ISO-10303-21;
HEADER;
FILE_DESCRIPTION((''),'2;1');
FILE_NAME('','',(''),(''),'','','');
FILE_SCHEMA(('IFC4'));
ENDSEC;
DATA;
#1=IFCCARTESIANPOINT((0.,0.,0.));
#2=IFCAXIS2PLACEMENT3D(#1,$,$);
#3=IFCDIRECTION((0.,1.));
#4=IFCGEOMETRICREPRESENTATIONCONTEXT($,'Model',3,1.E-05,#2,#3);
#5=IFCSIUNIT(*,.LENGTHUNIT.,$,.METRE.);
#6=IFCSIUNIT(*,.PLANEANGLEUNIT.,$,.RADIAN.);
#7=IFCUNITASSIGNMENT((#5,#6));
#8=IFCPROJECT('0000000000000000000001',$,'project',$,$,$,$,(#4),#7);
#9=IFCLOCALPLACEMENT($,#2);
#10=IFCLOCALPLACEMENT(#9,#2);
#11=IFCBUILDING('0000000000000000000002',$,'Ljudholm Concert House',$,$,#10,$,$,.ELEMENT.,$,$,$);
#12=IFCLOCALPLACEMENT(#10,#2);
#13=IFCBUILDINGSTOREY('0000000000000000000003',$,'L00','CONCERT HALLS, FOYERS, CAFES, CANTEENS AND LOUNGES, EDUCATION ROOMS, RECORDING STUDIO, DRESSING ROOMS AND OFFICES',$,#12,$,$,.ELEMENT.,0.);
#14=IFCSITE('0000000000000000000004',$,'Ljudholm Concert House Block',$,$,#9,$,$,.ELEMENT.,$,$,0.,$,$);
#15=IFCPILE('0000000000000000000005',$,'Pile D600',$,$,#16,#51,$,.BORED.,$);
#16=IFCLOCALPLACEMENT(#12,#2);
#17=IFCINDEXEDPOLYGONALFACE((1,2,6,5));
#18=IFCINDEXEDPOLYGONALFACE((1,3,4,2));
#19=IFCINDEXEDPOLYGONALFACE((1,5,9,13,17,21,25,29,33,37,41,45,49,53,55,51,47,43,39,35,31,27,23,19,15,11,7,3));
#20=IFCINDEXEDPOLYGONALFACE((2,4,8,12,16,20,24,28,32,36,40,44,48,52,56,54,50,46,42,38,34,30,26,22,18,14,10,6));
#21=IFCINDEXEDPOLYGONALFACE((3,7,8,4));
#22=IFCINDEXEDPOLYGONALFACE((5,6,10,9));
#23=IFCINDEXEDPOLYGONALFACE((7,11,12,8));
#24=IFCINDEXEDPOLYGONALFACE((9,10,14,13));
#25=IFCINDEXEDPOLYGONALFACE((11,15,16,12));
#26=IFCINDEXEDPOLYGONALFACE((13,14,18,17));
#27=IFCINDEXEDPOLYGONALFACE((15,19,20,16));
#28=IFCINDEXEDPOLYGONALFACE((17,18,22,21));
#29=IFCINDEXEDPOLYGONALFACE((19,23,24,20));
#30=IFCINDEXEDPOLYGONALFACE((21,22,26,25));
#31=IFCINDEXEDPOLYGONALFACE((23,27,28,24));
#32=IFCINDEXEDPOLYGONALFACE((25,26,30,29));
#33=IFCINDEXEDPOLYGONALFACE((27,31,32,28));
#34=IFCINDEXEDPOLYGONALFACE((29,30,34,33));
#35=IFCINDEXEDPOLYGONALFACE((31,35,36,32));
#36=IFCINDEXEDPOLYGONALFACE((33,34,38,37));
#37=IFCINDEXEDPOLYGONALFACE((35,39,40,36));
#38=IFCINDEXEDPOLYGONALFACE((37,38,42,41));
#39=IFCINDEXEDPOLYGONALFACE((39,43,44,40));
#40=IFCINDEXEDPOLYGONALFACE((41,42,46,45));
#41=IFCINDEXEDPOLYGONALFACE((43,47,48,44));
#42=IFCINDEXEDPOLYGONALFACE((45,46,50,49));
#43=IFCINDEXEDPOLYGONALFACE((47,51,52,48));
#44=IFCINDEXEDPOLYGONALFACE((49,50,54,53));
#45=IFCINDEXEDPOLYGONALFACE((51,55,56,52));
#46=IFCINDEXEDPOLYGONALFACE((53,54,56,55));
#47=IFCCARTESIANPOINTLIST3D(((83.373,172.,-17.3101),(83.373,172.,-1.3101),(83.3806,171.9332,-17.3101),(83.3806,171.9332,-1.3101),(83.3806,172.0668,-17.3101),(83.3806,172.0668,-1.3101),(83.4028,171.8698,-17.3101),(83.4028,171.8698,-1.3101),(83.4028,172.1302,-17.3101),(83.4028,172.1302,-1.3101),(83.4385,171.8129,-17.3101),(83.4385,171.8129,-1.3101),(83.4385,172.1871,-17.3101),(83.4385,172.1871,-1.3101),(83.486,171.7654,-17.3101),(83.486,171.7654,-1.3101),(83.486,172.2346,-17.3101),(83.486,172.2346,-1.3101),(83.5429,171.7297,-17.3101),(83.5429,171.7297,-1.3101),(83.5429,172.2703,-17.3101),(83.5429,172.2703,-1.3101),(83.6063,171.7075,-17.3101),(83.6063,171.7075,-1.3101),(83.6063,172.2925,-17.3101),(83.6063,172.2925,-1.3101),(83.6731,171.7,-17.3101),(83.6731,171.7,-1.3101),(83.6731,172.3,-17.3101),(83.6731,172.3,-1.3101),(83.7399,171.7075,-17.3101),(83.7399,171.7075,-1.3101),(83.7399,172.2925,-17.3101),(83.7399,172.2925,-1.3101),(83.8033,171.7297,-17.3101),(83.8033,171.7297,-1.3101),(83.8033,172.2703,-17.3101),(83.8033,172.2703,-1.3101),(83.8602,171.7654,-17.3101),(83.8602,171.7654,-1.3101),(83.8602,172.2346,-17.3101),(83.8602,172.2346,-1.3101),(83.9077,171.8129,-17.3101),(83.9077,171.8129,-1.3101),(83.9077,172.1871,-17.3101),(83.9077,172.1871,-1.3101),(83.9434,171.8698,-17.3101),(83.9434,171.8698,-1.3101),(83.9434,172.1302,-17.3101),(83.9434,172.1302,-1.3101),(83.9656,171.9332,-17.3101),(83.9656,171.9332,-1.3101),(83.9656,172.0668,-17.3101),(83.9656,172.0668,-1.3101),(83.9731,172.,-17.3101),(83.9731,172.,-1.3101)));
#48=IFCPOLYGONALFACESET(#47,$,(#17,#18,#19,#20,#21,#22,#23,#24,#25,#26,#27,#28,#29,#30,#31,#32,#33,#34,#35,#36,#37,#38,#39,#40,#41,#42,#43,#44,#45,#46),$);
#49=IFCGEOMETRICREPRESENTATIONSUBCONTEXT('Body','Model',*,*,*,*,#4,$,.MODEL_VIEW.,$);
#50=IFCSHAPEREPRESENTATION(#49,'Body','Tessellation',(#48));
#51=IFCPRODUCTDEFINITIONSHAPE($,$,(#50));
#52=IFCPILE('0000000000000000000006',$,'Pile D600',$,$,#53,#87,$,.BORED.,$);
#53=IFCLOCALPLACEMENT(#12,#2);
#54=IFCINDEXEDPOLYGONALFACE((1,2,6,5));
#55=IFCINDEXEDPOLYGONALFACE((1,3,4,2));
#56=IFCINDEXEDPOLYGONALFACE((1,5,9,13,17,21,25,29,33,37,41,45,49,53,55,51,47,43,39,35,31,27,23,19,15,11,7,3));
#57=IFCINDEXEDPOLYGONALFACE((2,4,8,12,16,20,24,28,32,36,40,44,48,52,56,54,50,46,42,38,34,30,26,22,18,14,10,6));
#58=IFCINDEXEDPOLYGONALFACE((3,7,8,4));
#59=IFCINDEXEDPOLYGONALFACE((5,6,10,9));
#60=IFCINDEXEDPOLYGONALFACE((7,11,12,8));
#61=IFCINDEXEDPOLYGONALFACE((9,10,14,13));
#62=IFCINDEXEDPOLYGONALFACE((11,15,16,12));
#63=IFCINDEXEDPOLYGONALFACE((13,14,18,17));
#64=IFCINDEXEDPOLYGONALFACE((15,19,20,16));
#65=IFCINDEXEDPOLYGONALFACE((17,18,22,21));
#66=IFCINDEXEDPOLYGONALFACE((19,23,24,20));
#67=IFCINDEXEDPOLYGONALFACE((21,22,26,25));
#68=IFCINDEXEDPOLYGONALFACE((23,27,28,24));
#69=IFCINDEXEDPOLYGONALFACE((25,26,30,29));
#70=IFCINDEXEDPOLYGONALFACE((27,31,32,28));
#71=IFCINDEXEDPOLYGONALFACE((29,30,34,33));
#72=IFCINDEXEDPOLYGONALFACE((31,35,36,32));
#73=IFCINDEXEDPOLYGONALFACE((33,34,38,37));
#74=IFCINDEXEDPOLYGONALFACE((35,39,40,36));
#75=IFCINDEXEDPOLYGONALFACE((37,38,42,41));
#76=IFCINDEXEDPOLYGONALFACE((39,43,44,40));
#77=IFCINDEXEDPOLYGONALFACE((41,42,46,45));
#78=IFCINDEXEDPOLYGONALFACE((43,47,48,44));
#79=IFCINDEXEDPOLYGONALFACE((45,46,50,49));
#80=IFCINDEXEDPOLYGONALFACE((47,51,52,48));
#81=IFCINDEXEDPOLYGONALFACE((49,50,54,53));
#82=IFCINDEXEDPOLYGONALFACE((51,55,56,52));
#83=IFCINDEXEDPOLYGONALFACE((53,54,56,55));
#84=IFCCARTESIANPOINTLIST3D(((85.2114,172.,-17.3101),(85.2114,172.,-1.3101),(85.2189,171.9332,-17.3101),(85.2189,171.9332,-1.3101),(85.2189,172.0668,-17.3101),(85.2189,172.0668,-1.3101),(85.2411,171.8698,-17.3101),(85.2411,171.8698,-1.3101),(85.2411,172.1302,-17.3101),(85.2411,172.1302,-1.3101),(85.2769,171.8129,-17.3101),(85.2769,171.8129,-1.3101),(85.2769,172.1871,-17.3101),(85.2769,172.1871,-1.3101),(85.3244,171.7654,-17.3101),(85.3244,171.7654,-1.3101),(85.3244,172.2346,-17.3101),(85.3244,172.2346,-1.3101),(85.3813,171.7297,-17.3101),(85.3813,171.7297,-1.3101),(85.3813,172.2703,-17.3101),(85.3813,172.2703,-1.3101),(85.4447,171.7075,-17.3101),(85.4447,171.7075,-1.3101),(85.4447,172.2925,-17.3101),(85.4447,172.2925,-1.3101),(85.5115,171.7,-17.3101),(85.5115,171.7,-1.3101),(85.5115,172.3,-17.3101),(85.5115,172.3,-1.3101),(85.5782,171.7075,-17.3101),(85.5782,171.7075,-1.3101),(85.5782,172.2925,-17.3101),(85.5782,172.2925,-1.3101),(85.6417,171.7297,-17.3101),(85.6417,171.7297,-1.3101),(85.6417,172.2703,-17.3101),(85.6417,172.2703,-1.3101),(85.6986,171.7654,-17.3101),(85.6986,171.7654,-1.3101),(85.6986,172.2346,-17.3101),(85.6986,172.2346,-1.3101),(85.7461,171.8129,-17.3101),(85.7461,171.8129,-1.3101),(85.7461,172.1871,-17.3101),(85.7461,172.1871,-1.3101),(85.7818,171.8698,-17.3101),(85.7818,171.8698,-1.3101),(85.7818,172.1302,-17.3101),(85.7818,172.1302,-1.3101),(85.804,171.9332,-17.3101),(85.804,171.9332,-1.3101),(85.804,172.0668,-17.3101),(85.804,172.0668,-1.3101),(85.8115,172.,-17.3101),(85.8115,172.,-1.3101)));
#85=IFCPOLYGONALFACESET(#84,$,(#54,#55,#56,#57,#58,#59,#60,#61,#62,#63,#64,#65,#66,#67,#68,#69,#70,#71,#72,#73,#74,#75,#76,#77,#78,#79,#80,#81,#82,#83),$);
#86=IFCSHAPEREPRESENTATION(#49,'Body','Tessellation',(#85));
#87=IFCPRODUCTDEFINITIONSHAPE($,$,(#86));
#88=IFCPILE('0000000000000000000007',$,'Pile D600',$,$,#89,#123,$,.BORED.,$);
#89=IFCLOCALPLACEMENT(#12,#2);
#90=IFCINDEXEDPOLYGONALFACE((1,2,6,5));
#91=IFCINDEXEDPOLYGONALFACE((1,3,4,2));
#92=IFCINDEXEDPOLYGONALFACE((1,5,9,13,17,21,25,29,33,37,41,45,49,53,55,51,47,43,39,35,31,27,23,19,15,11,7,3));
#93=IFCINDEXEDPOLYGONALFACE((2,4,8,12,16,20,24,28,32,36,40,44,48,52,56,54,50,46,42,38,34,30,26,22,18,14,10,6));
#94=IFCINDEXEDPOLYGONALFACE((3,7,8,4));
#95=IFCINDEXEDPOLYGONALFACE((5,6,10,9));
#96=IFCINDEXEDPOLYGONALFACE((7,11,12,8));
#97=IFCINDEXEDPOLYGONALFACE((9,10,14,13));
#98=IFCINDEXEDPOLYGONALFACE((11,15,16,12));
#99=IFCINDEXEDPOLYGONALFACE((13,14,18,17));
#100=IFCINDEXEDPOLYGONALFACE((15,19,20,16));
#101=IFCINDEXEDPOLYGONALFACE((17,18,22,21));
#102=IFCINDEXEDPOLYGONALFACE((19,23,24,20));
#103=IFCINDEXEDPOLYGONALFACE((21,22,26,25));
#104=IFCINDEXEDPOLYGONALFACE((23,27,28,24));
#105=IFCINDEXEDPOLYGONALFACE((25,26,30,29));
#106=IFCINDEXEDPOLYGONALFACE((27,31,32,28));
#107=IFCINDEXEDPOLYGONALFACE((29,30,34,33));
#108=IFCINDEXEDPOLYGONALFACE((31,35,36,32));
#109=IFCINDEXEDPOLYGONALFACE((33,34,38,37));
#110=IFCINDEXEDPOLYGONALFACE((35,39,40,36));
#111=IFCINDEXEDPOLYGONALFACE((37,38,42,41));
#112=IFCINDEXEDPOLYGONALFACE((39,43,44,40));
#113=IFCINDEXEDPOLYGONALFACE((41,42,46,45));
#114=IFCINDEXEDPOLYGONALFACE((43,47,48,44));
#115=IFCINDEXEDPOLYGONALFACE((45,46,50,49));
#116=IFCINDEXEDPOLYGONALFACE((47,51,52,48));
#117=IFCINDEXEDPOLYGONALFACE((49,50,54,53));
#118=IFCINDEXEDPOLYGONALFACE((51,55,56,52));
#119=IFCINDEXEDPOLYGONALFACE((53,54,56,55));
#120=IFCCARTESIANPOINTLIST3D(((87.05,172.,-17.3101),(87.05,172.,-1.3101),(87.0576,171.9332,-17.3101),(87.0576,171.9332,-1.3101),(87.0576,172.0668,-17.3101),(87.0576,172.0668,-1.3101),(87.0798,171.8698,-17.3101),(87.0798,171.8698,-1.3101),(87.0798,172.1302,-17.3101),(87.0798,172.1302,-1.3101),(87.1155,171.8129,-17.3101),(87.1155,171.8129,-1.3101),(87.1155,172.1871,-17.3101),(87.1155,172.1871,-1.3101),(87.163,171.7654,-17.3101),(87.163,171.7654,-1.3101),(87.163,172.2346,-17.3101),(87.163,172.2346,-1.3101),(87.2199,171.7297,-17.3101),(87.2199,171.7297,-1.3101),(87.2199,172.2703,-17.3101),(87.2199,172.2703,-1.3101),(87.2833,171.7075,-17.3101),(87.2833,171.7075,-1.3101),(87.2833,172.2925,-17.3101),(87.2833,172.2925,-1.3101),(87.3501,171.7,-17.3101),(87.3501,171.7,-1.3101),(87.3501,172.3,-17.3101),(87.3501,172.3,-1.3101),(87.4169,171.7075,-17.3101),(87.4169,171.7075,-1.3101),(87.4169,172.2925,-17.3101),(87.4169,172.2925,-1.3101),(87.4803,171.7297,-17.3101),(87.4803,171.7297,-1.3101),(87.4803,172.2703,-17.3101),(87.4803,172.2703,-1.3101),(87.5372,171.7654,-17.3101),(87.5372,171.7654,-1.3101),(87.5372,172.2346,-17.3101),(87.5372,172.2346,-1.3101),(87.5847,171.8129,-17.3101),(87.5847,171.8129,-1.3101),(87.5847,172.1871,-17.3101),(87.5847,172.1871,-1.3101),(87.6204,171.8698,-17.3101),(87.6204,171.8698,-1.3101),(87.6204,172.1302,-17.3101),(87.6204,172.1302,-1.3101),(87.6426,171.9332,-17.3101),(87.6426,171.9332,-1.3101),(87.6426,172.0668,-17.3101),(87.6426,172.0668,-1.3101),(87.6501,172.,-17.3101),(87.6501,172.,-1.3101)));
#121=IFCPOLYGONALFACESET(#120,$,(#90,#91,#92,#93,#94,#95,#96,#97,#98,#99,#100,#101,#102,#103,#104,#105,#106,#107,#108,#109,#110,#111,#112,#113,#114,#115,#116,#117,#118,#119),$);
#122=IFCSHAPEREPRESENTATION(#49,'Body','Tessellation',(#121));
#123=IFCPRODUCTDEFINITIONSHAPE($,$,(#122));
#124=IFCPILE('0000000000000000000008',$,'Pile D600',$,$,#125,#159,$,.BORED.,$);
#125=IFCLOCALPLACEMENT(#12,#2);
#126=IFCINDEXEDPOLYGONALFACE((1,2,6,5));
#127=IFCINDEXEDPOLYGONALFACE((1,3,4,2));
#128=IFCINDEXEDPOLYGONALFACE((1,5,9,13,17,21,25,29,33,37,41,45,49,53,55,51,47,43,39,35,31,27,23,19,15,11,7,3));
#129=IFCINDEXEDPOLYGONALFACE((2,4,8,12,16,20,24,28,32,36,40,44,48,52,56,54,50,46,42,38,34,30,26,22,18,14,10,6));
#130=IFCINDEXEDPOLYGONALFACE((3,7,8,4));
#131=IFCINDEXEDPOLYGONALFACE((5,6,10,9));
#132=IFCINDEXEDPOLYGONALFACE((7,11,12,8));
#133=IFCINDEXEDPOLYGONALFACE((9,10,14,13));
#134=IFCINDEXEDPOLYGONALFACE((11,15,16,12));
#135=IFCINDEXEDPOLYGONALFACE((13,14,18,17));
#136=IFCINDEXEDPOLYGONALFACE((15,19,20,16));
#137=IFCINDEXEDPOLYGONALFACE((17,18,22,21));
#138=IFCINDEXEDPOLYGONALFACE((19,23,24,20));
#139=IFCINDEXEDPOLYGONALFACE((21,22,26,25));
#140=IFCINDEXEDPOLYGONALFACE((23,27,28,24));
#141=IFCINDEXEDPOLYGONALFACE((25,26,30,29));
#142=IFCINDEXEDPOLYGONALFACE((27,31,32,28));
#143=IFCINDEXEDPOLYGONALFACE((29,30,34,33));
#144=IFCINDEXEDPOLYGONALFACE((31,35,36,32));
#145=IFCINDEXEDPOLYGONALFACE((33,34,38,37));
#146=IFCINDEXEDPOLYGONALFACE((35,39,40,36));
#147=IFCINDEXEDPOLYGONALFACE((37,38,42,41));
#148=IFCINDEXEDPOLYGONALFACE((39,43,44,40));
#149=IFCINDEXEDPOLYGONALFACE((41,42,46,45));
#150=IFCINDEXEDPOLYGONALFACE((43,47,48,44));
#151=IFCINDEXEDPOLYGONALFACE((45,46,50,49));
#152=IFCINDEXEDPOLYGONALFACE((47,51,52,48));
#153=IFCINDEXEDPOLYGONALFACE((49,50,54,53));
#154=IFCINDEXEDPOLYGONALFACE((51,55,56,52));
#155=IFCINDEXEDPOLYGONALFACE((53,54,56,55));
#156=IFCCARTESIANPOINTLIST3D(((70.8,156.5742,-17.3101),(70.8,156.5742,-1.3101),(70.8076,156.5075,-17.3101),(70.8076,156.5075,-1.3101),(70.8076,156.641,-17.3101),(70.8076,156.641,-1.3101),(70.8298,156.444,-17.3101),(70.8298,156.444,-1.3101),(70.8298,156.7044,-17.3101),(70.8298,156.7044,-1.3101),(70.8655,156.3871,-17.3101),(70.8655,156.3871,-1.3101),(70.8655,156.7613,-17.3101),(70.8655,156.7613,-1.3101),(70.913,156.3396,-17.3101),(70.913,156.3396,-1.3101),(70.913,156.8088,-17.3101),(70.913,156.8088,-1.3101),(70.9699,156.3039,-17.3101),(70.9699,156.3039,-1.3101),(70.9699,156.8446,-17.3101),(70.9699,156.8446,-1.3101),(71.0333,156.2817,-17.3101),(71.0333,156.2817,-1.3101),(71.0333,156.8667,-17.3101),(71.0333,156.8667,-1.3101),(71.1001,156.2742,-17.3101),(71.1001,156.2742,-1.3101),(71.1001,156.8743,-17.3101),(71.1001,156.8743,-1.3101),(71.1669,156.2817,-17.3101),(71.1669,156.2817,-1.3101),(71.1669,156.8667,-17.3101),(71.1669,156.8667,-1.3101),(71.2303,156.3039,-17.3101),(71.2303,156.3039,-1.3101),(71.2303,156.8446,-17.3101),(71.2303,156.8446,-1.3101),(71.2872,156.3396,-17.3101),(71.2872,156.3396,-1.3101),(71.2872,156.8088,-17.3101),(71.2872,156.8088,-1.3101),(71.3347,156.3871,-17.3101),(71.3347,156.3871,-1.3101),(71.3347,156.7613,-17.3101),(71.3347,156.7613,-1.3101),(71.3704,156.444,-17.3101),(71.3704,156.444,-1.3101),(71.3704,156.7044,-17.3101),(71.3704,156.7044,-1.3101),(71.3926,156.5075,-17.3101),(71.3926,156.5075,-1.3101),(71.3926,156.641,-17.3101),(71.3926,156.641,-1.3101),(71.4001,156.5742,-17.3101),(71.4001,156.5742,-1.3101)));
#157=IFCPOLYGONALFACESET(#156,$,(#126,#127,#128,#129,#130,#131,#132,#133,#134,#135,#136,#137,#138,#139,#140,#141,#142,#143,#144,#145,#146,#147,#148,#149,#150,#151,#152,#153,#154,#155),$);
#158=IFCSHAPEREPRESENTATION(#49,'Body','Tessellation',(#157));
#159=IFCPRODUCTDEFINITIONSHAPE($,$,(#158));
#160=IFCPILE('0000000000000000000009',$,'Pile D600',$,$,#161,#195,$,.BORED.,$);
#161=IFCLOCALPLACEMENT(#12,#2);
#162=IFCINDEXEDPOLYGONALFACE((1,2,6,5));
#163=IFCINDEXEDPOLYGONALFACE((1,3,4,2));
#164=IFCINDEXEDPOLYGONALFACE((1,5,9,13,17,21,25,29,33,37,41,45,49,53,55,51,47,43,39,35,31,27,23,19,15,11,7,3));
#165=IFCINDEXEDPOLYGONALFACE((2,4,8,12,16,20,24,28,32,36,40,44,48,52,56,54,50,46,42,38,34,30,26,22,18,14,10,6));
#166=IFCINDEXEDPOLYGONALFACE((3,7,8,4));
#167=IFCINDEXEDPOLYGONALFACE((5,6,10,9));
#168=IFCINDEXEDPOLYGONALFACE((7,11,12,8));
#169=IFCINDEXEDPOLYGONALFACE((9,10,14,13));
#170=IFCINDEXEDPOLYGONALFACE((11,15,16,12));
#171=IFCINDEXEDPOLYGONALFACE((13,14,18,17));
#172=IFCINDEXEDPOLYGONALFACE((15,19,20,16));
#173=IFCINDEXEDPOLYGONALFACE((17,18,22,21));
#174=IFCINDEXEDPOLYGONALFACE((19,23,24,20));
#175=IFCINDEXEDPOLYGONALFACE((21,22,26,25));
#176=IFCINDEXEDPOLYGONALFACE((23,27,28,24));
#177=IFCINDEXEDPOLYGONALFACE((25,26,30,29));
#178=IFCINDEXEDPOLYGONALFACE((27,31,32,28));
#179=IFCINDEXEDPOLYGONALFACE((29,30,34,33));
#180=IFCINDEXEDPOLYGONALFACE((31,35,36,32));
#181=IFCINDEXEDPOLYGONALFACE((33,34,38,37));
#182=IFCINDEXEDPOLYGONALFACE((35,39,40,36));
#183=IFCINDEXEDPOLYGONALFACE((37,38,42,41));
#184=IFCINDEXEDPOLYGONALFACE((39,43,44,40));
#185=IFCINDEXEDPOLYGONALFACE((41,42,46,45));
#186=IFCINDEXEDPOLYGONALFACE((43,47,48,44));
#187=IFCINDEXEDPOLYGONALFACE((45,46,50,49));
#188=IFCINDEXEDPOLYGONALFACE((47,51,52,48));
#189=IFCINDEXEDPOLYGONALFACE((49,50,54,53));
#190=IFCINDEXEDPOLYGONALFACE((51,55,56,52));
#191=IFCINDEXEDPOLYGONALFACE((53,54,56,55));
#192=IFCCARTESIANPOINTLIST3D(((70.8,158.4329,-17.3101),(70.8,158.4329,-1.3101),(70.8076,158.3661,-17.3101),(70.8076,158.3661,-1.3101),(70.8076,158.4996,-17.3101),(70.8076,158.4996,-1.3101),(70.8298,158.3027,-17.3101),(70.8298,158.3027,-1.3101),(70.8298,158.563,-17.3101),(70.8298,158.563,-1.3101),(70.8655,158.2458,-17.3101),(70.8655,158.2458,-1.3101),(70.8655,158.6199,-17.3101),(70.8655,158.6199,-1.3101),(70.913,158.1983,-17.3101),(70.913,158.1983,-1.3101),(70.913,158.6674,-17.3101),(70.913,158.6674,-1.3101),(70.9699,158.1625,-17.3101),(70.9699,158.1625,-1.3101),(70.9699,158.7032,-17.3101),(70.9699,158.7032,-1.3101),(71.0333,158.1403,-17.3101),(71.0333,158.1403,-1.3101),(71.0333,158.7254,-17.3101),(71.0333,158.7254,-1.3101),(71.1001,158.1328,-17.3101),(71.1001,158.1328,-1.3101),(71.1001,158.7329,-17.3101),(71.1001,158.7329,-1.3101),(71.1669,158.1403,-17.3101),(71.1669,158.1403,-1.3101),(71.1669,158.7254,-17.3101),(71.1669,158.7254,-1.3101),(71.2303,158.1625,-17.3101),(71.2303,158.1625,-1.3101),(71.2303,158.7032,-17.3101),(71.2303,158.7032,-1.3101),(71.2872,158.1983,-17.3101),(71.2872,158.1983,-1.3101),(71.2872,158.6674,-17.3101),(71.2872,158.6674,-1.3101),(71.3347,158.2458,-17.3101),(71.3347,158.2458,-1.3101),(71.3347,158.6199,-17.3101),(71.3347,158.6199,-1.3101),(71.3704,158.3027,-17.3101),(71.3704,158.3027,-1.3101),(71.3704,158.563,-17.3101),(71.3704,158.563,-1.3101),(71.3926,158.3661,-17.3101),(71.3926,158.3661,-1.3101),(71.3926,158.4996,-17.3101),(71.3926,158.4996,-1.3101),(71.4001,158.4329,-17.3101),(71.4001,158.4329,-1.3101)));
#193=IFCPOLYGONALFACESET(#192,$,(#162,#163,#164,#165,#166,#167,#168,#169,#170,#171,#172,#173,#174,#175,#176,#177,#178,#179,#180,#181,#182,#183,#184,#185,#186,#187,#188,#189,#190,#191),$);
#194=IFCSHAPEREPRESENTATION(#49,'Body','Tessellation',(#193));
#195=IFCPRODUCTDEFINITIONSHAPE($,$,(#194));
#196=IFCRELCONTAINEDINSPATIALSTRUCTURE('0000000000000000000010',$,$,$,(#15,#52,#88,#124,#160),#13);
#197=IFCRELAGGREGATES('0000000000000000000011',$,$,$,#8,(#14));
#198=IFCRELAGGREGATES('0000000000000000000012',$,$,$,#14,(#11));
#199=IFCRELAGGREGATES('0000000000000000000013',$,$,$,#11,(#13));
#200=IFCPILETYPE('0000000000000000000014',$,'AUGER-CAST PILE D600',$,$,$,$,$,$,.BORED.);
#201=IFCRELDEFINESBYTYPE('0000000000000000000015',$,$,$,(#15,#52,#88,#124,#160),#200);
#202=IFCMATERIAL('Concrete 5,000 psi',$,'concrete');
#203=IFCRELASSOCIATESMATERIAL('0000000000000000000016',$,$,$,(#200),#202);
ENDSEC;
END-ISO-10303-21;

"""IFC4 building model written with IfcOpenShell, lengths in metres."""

from ifc_helpers import new_model, si_unit, direction, frame, origin, origin_2d, place, context, subcontext, project, spatial, circle, extrude, material, material_profile, profile_set, type_object, element, save


model = new_model("IFC4")

# Units and contexts
model_context = context("Model", 3, precision=1e-05, world=origin(), true_north=direction((0.0, 1.0)))
body_context = subcontext(model_context, "Body", "Model", "MODEL_VIEW")
ifc_project = project(units=[si_unit("LENGTHUNIT", "METRE"), si_unit("PLANEANGLEUNIT", "RADIAN")], contexts=[model_context])

# Site, building, storey
site_placement = place(None, origin())
site = spatial("IfcSite", under=ifc_project, at=site_placement, Name="Ljudholm Concert House Block", CompositionType="ELEMENT", RefElevation=0.0)
building_placement = place(site_placement, origin())
building = spatial("IfcBuilding", under=site, at=building_placement, Name="Ljudholm Concert House", CompositionType="ELEMENT")
storey_placement = place(building_placement, origin())
storey = spatial("IfcBuildingStorey", under=building, at=storey_placement, Name="L00", Description="CONCERT HALLS, FOYERS, CAFES, CANTEENS AND LOUNGES, EDUCATION ROOMS, RECORDING STUDIO, DRESSING ROOMS AND OFFICES", CompositionType="ELEMENT", Elevation=0.0)

# Piles
ifc_material_1 = material(Name="Concrete 5,000 psi", Category="concrete")
ifc_material_profile = material_profile(ifc_material_1, circle(Radius=0.3, at=origin_2d()), Name="AUGER-CAST PILE D600")
ifc_profile_set = profile_set([ifc_material_profile], Name="Concrete 5,000 psi")
pile_type = type_object("IfcPileType", Name="AUGER-CAST PILE D600", PredefinedType="BORED", material=ifc_profile_set)
for number, where, z_axis, x_axis, name in (
    (1, (83.6731, 172.0, -1.3101), (0.0, 0.0, -1.0), (1.0, 0.0, 0.0), "Pile D600"),
    (2, (85.5115, 172.0, -1.3101), (0.0, 0.0, -1.0), (1.0, 0.0, 0.0), "Pile D600"),
    (3, (87.3501, 172.0, -1.3101), (0.0, 0.0, -1.0), (1.0, 0.0, 0.0), "Pile D600"),
    (4, (71.1001, 156.5742, -1.3101), (0.0, 0.0, -1.0), (1.0, 0.0, 0.0), "Pile D600"),
    (5, (71.1001, 158.4329, -1.3101), (0.0, 0.0, -1.0), (1.0, 0.0, 0.0), "Pile D600"),
):
    element("IfcPile", number, at=place(storey_placement, frame(where, z_axis=z_axis, x_axis=x_axis)), inside=storey, type_object=pile_type, Name=name, PredefinedType="BORED", context=body_context, shape_type="SweptSolid", body=[
        extrude(circle(Radius=0.3, at=origin_2d()), origin(), (0.0, 0.0, 1.0), 16.0),
    ])

save(model, "model.ifc")
